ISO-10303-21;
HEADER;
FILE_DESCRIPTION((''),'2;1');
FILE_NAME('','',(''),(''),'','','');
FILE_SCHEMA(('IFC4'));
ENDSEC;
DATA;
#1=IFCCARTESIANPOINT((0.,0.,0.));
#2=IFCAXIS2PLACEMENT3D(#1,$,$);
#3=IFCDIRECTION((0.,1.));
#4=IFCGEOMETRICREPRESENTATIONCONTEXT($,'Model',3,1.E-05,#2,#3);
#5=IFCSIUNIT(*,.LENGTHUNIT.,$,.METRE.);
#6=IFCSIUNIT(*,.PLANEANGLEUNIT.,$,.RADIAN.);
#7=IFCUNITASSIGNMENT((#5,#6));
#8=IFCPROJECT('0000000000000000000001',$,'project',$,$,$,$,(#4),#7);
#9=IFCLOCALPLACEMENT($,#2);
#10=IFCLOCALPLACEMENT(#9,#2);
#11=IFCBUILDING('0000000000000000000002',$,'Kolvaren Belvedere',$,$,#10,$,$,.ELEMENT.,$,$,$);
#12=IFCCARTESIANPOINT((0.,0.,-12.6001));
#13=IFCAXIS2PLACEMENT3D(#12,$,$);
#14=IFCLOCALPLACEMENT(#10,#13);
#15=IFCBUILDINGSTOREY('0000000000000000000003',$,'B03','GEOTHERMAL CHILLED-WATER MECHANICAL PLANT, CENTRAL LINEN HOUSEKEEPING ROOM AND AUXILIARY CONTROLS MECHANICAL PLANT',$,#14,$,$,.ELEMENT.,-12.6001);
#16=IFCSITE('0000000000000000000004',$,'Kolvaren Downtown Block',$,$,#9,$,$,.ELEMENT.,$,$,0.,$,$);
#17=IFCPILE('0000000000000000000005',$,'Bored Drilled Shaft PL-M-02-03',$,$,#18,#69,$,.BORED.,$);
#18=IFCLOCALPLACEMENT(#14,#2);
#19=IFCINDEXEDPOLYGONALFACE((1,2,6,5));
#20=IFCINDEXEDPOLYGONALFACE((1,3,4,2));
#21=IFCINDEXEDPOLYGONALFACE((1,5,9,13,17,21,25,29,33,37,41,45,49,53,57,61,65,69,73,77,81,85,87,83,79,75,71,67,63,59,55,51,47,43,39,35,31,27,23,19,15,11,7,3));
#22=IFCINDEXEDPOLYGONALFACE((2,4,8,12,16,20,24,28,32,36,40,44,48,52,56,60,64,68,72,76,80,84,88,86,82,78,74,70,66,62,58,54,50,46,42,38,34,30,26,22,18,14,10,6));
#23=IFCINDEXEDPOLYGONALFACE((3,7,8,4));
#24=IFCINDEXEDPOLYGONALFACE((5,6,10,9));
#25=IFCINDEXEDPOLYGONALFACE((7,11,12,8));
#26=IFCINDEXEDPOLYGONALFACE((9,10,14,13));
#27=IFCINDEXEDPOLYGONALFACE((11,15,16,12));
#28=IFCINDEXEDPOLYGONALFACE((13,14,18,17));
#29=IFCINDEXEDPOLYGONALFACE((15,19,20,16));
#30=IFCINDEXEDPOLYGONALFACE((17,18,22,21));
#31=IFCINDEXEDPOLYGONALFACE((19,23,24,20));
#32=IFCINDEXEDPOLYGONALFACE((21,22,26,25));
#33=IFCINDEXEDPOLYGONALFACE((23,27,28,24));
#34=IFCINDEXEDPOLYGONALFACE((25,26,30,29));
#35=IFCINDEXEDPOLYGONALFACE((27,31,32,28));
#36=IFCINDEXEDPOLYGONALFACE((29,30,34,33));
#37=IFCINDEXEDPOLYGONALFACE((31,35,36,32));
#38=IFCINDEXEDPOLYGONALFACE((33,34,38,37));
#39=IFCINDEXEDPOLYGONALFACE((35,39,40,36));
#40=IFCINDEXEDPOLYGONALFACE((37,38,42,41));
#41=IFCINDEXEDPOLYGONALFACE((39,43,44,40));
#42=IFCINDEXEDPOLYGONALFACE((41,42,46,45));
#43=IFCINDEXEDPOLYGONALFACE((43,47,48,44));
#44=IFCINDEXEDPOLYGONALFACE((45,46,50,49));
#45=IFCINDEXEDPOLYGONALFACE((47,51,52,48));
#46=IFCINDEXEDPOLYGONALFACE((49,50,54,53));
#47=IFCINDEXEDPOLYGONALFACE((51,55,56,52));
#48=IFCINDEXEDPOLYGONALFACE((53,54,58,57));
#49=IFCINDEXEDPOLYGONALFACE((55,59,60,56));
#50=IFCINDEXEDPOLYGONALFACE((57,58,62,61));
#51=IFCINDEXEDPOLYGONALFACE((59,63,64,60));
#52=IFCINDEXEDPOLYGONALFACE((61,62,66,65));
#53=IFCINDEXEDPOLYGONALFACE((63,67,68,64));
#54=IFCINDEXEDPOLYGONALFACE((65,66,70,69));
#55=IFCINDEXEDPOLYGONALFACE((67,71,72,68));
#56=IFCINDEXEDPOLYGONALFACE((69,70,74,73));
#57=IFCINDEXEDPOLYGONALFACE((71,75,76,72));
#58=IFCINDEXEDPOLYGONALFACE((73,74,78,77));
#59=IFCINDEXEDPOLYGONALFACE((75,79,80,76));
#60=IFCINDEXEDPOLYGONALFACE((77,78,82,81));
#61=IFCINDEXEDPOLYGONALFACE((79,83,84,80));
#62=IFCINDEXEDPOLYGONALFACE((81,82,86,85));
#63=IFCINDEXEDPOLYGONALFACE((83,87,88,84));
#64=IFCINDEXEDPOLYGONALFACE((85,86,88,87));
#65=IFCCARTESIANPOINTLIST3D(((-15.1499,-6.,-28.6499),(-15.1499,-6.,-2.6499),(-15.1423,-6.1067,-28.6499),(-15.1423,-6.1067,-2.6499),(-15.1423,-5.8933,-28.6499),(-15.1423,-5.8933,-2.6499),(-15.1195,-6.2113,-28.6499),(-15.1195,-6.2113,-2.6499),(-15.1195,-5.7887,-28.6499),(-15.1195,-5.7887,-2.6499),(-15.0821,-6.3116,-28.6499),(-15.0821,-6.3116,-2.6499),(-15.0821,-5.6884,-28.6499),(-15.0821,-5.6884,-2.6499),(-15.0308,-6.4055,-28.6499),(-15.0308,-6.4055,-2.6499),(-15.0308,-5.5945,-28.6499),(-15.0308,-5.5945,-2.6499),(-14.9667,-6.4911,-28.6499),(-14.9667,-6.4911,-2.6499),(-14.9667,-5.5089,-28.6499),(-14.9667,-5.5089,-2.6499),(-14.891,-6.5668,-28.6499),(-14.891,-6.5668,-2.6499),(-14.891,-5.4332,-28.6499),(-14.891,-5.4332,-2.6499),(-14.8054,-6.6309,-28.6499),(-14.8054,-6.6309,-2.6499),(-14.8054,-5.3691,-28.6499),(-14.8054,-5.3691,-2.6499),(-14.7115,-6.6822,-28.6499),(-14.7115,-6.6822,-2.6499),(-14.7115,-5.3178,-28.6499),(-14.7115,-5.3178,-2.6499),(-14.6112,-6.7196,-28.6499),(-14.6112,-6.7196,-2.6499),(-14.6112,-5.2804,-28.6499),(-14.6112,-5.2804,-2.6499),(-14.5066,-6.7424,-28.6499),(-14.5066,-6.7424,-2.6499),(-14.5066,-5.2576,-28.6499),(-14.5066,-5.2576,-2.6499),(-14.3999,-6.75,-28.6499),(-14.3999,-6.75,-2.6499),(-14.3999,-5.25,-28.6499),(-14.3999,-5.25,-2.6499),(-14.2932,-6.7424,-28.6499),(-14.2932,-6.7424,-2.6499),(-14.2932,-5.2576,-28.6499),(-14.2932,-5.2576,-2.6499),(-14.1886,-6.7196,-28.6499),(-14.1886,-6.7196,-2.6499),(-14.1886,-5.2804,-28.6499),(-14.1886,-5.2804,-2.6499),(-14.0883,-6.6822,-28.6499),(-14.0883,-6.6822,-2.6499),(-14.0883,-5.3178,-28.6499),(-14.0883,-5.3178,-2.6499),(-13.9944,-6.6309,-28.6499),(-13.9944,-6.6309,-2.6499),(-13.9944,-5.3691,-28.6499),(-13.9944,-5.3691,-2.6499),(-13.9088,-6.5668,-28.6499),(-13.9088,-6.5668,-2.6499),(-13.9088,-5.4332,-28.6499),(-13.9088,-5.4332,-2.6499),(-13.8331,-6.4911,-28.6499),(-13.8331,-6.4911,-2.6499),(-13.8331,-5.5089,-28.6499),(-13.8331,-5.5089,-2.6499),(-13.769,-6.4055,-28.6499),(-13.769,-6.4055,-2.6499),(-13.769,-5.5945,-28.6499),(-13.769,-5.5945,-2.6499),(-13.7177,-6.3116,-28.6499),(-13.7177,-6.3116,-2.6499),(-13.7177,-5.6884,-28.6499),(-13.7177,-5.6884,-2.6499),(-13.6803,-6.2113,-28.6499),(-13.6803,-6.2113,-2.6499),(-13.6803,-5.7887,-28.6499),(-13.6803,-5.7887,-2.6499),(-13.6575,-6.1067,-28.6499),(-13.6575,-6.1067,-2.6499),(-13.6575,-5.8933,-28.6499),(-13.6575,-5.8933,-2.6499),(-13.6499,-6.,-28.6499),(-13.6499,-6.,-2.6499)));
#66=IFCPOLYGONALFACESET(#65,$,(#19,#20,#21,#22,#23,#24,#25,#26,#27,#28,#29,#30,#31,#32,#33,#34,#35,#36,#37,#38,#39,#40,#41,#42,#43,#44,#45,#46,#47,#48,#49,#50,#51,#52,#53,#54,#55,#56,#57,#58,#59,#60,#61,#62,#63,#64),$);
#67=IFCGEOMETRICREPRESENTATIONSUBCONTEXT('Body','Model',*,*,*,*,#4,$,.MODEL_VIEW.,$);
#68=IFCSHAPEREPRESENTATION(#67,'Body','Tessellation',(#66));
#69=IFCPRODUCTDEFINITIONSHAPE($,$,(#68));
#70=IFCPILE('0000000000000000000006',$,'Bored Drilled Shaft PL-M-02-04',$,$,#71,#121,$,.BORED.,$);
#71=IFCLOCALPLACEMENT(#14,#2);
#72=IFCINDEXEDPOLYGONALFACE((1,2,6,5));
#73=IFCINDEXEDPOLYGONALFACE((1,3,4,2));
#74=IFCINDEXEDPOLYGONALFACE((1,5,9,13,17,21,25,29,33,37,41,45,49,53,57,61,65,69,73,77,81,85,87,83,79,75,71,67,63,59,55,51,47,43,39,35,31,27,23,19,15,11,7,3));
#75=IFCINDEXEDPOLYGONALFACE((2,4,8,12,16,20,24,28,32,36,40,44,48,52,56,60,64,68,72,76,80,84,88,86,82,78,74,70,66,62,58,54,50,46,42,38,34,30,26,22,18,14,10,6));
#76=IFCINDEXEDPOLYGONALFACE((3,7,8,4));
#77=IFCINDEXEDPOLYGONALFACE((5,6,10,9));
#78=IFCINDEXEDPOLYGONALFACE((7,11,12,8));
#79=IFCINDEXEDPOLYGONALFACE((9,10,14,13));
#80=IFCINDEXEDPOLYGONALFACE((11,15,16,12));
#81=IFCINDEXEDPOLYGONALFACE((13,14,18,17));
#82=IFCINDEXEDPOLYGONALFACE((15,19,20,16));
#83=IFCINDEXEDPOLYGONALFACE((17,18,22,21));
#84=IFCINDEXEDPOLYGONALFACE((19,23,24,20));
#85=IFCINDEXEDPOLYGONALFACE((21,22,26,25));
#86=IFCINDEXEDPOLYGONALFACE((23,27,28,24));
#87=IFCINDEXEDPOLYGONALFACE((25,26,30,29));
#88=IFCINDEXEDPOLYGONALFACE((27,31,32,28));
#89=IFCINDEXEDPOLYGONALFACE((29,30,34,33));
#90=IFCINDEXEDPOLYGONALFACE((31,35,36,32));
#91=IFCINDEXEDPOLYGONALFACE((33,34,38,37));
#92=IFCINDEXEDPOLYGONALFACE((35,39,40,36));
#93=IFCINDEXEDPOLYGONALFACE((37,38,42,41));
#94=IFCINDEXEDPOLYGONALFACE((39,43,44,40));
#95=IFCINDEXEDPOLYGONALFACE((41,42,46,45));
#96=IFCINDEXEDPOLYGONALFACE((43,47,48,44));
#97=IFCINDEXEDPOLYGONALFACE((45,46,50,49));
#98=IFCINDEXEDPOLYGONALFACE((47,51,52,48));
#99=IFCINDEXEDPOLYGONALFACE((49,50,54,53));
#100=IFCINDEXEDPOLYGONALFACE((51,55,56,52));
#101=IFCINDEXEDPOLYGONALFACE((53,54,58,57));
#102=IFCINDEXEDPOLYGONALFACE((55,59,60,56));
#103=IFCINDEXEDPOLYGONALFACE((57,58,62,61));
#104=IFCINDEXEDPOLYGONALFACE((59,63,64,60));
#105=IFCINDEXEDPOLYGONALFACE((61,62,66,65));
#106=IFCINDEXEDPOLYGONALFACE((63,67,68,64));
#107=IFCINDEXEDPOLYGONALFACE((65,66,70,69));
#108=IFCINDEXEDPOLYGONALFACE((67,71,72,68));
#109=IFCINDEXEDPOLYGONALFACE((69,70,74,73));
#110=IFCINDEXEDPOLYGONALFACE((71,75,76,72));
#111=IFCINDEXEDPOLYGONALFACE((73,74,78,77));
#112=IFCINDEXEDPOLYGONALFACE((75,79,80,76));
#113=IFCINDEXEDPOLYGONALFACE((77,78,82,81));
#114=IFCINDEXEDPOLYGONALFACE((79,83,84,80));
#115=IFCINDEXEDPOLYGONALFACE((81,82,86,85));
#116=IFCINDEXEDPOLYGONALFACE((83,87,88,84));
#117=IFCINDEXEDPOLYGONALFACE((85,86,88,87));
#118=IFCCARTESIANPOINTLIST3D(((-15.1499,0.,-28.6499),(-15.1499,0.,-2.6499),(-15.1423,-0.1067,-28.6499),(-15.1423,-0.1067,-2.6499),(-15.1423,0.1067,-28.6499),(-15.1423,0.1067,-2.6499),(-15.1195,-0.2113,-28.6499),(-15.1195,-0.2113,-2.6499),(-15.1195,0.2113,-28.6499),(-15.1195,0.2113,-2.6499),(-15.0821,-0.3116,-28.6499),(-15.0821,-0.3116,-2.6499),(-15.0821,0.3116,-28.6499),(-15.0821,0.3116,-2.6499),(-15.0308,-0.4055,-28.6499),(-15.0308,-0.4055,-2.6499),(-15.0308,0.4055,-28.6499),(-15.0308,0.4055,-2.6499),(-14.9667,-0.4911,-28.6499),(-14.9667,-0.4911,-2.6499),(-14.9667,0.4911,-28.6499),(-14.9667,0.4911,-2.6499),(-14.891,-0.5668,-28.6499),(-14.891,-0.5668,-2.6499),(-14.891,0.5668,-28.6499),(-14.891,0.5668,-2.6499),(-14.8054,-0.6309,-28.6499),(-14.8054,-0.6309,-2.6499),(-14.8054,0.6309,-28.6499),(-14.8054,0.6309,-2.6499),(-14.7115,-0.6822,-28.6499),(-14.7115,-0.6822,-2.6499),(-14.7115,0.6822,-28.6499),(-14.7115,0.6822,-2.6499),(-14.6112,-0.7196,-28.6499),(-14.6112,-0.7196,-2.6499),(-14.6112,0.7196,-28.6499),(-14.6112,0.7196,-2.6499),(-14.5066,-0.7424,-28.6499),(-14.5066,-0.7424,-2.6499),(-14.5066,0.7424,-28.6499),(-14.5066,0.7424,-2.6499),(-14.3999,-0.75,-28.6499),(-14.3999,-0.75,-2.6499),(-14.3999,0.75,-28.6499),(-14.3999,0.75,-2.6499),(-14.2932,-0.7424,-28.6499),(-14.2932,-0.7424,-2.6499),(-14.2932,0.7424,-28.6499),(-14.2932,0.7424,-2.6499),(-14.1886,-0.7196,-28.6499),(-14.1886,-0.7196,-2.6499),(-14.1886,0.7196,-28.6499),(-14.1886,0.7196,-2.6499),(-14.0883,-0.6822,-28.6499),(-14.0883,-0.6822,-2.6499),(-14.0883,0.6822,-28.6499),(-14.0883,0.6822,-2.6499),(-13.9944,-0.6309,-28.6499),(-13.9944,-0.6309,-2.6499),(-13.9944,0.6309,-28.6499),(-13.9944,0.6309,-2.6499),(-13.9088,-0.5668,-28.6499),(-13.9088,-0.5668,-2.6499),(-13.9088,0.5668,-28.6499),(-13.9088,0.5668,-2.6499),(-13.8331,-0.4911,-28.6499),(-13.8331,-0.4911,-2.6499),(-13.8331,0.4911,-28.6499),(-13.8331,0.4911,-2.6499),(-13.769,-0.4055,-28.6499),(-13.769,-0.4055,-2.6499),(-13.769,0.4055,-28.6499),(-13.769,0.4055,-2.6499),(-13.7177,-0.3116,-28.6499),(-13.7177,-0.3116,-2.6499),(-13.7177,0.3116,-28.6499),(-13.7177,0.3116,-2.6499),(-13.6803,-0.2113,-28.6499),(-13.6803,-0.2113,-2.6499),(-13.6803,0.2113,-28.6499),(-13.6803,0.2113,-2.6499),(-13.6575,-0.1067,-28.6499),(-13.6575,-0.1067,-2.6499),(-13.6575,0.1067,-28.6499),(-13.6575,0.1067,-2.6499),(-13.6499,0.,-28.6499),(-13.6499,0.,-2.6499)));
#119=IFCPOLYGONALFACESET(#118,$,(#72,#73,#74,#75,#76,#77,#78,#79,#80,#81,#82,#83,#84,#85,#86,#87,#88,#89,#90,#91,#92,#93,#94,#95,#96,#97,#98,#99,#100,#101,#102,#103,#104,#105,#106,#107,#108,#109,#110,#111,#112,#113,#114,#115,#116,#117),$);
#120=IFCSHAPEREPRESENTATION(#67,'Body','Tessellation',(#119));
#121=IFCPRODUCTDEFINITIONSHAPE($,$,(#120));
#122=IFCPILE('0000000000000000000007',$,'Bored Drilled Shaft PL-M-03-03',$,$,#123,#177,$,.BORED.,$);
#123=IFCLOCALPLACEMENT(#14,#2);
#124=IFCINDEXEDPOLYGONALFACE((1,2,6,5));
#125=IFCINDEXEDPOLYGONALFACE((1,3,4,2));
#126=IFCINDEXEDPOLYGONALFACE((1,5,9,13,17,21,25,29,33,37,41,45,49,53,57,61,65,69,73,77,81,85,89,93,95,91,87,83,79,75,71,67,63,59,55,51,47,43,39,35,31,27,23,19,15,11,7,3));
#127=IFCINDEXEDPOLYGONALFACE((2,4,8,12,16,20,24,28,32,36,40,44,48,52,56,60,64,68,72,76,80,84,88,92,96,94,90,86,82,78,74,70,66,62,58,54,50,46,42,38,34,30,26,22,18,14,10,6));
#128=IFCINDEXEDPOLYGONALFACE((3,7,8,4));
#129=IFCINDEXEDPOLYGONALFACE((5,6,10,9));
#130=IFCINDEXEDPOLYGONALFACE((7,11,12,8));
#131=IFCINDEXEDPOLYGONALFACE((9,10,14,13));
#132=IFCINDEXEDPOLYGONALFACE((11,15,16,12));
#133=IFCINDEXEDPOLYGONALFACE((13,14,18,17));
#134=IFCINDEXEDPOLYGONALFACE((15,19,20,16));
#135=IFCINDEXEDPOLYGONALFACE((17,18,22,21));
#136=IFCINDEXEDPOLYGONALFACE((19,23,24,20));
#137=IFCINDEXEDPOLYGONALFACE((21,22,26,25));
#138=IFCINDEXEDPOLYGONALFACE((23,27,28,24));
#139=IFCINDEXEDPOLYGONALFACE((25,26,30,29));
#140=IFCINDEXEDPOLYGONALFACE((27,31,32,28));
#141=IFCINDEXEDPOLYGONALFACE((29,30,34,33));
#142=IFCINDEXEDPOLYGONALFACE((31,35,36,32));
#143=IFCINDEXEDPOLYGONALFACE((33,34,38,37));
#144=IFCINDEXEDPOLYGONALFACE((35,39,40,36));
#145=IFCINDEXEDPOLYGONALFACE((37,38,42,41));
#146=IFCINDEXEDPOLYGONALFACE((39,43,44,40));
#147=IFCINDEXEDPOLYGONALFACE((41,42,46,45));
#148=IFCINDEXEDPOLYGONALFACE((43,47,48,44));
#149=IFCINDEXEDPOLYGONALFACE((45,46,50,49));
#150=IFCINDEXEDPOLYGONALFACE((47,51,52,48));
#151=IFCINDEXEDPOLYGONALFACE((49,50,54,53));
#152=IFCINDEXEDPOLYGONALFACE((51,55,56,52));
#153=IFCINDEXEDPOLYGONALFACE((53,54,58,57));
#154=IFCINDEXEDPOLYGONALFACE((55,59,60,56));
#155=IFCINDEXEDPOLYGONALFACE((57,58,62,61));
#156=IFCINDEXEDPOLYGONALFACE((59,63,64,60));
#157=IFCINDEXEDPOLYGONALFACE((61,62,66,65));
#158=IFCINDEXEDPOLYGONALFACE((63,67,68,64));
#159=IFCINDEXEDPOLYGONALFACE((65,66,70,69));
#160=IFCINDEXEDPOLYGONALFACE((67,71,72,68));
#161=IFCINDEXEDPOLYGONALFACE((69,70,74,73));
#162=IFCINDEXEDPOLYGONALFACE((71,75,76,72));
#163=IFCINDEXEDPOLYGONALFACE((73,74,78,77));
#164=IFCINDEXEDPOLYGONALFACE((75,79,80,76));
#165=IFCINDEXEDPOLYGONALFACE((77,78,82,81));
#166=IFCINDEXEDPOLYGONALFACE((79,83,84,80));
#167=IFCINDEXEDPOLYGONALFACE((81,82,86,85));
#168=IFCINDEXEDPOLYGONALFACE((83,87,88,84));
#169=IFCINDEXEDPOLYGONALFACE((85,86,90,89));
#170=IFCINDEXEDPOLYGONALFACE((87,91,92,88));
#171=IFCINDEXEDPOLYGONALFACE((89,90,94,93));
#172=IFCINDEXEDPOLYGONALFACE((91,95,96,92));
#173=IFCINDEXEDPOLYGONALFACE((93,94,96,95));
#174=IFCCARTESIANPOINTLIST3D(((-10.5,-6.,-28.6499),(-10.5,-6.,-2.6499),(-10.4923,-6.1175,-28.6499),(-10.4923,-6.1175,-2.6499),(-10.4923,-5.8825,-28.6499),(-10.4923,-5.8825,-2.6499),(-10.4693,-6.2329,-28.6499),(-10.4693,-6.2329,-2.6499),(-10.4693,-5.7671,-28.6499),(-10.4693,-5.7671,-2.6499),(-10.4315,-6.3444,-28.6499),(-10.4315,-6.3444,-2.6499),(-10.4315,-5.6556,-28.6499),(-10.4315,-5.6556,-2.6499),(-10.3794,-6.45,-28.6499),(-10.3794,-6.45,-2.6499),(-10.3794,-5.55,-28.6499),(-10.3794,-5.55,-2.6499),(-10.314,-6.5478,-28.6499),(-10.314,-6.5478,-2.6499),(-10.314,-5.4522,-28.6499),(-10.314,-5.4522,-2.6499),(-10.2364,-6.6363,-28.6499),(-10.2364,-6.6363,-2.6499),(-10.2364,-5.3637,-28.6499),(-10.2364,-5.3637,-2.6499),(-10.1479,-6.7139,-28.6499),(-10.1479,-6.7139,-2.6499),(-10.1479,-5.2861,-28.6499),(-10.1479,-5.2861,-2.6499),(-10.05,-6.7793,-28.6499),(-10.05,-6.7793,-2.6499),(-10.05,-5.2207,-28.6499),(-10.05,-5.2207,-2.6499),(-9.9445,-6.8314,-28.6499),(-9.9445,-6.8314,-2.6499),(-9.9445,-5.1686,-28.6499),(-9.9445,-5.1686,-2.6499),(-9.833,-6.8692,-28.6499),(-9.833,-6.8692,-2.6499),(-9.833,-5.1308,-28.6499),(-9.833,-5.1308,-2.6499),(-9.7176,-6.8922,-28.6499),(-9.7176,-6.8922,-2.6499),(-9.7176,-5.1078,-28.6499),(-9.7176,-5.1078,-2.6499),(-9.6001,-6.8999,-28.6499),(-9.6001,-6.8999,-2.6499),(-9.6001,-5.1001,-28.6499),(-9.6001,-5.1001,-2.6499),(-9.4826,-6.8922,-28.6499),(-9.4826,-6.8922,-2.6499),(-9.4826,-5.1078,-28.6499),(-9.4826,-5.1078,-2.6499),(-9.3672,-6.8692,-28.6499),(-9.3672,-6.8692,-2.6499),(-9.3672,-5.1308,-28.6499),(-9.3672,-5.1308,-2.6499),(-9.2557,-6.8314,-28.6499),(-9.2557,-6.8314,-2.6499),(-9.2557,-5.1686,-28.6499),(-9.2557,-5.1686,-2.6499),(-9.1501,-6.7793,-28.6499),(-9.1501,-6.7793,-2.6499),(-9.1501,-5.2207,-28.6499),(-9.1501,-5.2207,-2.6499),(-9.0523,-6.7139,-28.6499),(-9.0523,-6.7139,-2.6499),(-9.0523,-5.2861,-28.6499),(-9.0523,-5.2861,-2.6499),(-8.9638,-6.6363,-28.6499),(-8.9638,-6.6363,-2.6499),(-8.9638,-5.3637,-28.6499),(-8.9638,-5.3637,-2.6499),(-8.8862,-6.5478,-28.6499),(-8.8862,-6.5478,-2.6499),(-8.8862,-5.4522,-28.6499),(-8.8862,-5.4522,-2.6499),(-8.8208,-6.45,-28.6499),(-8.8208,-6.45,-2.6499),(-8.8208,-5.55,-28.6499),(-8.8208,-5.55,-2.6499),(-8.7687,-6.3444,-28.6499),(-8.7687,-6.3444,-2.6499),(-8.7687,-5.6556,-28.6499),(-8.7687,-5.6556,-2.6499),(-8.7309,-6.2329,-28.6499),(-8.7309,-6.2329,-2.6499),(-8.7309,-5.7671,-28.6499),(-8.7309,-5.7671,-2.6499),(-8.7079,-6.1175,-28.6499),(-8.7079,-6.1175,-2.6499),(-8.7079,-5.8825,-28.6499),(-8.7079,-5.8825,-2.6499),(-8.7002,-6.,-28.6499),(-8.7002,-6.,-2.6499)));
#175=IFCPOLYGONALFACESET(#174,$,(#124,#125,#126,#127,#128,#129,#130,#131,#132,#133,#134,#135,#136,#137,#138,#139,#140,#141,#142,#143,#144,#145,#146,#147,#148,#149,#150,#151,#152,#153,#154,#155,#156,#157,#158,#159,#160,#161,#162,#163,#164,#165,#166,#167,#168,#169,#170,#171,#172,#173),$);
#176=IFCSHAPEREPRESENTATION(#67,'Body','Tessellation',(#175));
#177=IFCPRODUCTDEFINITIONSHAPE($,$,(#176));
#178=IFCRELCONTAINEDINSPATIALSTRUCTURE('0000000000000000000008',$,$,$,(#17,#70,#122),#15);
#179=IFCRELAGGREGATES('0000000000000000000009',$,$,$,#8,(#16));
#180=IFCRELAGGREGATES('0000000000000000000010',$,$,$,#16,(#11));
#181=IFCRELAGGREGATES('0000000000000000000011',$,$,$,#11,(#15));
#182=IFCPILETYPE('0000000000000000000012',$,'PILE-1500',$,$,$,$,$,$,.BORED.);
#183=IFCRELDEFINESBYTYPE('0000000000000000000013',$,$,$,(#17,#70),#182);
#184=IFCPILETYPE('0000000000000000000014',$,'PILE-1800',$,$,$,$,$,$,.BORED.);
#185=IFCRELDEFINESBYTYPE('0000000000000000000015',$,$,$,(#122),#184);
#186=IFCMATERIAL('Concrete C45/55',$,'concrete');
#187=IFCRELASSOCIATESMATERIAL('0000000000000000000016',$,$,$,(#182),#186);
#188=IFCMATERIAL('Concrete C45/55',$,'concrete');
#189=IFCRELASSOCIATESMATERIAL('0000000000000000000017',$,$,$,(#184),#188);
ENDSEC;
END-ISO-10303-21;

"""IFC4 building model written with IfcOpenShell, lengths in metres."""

from ifc_helpers import new_model, si_unit, direction, frame, origin, origin_2d, place, context, subcontext, project, spatial, circle, extrude, material, material_profile, profile_set, type_object, element, save


model = new_model("IFC4")

# Units and contexts
model_context = context("Model", 3, precision=1e-05, world=origin(), true_north=direction((0.0, 1.0)))
body_context = subcontext(model_context, "Body", "Model", "MODEL_VIEW")
ifc_project = project(units=[si_unit("LENGTHUNIT", "METRE"), si_unit("PLANEANGLEUNIT", "RADIAN")], contexts=[model_context])

# Site, building, storey
site_placement = place(None, origin())
site = spatial("IfcSite", under=ifc_project, at=site_placement, Name="Kolvaren Downtown Block", CompositionType="ELEMENT", RefElevation=0.0)
building_placement = place(site_placement, origin())
building = spatial("IfcBuilding", under=site, at=building_placement, Name="Kolvaren Belvedere", CompositionType="ELEMENT")
storey_placement = place(building_placement, frame((0.0, 0.0, -12.6001)))
storey = spatial("IfcBuildingStorey", under=building, at=storey_placement, Name="B03", Description="GEOTHERMAL CHILLED-WATER MECHANICAL PLANT, CENTRAL LINEN HOUSEKEEPING ROOM AND AUXILIARY CONTROLS MECHANICAL PLANT", CompositionType="ELEMENT", Elevation=-12.6001)

# Piles
ifc_material_1 = material(Name="Concrete C45/55", Category="concrete")
ifc_material_profile_1 = material_profile(ifc_material_1, circle(Radius=0.75, at=origin_2d()), Name="BORED PILE D1500")
ifc_profile_set_1 = profile_set([ifc_material_profile_1], Name="Concrete C45/55")
pile_type_1 = type_object("IfcPileType", Name="PILE-1500", PredefinedType="BORED", material=ifc_profile_set_1)
for number, where, z_axis, x_axis, name in (
    (1, (-14.3999, -6.0, -2.6499), (0.0, 0.0, -1.0), (1.0, 0.0, 0.0), "Bored Drilled Shaft PL-M-02-03"),
    (2, (-14.3999, 0.0, -2.6499), (0.0, 0.0, -1.0), (1.0, 0.0, 0.0), "Bored Drilled Shaft PL-M-02-04"),
):
    element("IfcPile", number, at=place(storey_placement, frame(where, z_axis=z_axis, x_axis=x_axis)), inside=storey, type_object=pile_type_1, Name=name, PredefinedType="BORED", context=body_context, shape_type="SweptSolid", body=[
        extrude(circle(Radius=0.75, at=origin_2d()), origin(), (0.0, 0.0, 1.0), 26.0),
    ])
ifc_material_2 = material(Name="Concrete C45/55", Category="concrete")
ifc_material_profile_2 = material_profile(ifc_material_2, circle(Radius=0.8999, at=origin_2d()), Name="BORED PILE D1800")
ifc_profile_set_2 = profile_set([ifc_material_profile_2], Name="Concrete C45/55")
pile_type_2 = type_object("IfcPileType", Name="PILE-1800", PredefinedType="BORED", material=ifc_profile_set_2)
for number, where, z_axis, x_axis, name in (
    (3, (-9.6001, -6.0, -2.6499), (0.0, 0.0, -1.0), (1.0, 0.0, 0.0), "Bored Drilled Shaft PL-M-03-03"),
):
    element("IfcPile", number, at=place(storey_placement, frame(where, z_axis=z_axis, x_axis=x_axis)), inside=storey, type_object=pile_type_2, Name=name, PredefinedType="BORED", context=body_context, shape_type="SweptSolid", body=[
        extrude(circle(Radius=0.8999, at=origin_2d()), origin(), (0.0, 0.0, 1.0), 26.0),
    ])

save(model, "model.ifc")
